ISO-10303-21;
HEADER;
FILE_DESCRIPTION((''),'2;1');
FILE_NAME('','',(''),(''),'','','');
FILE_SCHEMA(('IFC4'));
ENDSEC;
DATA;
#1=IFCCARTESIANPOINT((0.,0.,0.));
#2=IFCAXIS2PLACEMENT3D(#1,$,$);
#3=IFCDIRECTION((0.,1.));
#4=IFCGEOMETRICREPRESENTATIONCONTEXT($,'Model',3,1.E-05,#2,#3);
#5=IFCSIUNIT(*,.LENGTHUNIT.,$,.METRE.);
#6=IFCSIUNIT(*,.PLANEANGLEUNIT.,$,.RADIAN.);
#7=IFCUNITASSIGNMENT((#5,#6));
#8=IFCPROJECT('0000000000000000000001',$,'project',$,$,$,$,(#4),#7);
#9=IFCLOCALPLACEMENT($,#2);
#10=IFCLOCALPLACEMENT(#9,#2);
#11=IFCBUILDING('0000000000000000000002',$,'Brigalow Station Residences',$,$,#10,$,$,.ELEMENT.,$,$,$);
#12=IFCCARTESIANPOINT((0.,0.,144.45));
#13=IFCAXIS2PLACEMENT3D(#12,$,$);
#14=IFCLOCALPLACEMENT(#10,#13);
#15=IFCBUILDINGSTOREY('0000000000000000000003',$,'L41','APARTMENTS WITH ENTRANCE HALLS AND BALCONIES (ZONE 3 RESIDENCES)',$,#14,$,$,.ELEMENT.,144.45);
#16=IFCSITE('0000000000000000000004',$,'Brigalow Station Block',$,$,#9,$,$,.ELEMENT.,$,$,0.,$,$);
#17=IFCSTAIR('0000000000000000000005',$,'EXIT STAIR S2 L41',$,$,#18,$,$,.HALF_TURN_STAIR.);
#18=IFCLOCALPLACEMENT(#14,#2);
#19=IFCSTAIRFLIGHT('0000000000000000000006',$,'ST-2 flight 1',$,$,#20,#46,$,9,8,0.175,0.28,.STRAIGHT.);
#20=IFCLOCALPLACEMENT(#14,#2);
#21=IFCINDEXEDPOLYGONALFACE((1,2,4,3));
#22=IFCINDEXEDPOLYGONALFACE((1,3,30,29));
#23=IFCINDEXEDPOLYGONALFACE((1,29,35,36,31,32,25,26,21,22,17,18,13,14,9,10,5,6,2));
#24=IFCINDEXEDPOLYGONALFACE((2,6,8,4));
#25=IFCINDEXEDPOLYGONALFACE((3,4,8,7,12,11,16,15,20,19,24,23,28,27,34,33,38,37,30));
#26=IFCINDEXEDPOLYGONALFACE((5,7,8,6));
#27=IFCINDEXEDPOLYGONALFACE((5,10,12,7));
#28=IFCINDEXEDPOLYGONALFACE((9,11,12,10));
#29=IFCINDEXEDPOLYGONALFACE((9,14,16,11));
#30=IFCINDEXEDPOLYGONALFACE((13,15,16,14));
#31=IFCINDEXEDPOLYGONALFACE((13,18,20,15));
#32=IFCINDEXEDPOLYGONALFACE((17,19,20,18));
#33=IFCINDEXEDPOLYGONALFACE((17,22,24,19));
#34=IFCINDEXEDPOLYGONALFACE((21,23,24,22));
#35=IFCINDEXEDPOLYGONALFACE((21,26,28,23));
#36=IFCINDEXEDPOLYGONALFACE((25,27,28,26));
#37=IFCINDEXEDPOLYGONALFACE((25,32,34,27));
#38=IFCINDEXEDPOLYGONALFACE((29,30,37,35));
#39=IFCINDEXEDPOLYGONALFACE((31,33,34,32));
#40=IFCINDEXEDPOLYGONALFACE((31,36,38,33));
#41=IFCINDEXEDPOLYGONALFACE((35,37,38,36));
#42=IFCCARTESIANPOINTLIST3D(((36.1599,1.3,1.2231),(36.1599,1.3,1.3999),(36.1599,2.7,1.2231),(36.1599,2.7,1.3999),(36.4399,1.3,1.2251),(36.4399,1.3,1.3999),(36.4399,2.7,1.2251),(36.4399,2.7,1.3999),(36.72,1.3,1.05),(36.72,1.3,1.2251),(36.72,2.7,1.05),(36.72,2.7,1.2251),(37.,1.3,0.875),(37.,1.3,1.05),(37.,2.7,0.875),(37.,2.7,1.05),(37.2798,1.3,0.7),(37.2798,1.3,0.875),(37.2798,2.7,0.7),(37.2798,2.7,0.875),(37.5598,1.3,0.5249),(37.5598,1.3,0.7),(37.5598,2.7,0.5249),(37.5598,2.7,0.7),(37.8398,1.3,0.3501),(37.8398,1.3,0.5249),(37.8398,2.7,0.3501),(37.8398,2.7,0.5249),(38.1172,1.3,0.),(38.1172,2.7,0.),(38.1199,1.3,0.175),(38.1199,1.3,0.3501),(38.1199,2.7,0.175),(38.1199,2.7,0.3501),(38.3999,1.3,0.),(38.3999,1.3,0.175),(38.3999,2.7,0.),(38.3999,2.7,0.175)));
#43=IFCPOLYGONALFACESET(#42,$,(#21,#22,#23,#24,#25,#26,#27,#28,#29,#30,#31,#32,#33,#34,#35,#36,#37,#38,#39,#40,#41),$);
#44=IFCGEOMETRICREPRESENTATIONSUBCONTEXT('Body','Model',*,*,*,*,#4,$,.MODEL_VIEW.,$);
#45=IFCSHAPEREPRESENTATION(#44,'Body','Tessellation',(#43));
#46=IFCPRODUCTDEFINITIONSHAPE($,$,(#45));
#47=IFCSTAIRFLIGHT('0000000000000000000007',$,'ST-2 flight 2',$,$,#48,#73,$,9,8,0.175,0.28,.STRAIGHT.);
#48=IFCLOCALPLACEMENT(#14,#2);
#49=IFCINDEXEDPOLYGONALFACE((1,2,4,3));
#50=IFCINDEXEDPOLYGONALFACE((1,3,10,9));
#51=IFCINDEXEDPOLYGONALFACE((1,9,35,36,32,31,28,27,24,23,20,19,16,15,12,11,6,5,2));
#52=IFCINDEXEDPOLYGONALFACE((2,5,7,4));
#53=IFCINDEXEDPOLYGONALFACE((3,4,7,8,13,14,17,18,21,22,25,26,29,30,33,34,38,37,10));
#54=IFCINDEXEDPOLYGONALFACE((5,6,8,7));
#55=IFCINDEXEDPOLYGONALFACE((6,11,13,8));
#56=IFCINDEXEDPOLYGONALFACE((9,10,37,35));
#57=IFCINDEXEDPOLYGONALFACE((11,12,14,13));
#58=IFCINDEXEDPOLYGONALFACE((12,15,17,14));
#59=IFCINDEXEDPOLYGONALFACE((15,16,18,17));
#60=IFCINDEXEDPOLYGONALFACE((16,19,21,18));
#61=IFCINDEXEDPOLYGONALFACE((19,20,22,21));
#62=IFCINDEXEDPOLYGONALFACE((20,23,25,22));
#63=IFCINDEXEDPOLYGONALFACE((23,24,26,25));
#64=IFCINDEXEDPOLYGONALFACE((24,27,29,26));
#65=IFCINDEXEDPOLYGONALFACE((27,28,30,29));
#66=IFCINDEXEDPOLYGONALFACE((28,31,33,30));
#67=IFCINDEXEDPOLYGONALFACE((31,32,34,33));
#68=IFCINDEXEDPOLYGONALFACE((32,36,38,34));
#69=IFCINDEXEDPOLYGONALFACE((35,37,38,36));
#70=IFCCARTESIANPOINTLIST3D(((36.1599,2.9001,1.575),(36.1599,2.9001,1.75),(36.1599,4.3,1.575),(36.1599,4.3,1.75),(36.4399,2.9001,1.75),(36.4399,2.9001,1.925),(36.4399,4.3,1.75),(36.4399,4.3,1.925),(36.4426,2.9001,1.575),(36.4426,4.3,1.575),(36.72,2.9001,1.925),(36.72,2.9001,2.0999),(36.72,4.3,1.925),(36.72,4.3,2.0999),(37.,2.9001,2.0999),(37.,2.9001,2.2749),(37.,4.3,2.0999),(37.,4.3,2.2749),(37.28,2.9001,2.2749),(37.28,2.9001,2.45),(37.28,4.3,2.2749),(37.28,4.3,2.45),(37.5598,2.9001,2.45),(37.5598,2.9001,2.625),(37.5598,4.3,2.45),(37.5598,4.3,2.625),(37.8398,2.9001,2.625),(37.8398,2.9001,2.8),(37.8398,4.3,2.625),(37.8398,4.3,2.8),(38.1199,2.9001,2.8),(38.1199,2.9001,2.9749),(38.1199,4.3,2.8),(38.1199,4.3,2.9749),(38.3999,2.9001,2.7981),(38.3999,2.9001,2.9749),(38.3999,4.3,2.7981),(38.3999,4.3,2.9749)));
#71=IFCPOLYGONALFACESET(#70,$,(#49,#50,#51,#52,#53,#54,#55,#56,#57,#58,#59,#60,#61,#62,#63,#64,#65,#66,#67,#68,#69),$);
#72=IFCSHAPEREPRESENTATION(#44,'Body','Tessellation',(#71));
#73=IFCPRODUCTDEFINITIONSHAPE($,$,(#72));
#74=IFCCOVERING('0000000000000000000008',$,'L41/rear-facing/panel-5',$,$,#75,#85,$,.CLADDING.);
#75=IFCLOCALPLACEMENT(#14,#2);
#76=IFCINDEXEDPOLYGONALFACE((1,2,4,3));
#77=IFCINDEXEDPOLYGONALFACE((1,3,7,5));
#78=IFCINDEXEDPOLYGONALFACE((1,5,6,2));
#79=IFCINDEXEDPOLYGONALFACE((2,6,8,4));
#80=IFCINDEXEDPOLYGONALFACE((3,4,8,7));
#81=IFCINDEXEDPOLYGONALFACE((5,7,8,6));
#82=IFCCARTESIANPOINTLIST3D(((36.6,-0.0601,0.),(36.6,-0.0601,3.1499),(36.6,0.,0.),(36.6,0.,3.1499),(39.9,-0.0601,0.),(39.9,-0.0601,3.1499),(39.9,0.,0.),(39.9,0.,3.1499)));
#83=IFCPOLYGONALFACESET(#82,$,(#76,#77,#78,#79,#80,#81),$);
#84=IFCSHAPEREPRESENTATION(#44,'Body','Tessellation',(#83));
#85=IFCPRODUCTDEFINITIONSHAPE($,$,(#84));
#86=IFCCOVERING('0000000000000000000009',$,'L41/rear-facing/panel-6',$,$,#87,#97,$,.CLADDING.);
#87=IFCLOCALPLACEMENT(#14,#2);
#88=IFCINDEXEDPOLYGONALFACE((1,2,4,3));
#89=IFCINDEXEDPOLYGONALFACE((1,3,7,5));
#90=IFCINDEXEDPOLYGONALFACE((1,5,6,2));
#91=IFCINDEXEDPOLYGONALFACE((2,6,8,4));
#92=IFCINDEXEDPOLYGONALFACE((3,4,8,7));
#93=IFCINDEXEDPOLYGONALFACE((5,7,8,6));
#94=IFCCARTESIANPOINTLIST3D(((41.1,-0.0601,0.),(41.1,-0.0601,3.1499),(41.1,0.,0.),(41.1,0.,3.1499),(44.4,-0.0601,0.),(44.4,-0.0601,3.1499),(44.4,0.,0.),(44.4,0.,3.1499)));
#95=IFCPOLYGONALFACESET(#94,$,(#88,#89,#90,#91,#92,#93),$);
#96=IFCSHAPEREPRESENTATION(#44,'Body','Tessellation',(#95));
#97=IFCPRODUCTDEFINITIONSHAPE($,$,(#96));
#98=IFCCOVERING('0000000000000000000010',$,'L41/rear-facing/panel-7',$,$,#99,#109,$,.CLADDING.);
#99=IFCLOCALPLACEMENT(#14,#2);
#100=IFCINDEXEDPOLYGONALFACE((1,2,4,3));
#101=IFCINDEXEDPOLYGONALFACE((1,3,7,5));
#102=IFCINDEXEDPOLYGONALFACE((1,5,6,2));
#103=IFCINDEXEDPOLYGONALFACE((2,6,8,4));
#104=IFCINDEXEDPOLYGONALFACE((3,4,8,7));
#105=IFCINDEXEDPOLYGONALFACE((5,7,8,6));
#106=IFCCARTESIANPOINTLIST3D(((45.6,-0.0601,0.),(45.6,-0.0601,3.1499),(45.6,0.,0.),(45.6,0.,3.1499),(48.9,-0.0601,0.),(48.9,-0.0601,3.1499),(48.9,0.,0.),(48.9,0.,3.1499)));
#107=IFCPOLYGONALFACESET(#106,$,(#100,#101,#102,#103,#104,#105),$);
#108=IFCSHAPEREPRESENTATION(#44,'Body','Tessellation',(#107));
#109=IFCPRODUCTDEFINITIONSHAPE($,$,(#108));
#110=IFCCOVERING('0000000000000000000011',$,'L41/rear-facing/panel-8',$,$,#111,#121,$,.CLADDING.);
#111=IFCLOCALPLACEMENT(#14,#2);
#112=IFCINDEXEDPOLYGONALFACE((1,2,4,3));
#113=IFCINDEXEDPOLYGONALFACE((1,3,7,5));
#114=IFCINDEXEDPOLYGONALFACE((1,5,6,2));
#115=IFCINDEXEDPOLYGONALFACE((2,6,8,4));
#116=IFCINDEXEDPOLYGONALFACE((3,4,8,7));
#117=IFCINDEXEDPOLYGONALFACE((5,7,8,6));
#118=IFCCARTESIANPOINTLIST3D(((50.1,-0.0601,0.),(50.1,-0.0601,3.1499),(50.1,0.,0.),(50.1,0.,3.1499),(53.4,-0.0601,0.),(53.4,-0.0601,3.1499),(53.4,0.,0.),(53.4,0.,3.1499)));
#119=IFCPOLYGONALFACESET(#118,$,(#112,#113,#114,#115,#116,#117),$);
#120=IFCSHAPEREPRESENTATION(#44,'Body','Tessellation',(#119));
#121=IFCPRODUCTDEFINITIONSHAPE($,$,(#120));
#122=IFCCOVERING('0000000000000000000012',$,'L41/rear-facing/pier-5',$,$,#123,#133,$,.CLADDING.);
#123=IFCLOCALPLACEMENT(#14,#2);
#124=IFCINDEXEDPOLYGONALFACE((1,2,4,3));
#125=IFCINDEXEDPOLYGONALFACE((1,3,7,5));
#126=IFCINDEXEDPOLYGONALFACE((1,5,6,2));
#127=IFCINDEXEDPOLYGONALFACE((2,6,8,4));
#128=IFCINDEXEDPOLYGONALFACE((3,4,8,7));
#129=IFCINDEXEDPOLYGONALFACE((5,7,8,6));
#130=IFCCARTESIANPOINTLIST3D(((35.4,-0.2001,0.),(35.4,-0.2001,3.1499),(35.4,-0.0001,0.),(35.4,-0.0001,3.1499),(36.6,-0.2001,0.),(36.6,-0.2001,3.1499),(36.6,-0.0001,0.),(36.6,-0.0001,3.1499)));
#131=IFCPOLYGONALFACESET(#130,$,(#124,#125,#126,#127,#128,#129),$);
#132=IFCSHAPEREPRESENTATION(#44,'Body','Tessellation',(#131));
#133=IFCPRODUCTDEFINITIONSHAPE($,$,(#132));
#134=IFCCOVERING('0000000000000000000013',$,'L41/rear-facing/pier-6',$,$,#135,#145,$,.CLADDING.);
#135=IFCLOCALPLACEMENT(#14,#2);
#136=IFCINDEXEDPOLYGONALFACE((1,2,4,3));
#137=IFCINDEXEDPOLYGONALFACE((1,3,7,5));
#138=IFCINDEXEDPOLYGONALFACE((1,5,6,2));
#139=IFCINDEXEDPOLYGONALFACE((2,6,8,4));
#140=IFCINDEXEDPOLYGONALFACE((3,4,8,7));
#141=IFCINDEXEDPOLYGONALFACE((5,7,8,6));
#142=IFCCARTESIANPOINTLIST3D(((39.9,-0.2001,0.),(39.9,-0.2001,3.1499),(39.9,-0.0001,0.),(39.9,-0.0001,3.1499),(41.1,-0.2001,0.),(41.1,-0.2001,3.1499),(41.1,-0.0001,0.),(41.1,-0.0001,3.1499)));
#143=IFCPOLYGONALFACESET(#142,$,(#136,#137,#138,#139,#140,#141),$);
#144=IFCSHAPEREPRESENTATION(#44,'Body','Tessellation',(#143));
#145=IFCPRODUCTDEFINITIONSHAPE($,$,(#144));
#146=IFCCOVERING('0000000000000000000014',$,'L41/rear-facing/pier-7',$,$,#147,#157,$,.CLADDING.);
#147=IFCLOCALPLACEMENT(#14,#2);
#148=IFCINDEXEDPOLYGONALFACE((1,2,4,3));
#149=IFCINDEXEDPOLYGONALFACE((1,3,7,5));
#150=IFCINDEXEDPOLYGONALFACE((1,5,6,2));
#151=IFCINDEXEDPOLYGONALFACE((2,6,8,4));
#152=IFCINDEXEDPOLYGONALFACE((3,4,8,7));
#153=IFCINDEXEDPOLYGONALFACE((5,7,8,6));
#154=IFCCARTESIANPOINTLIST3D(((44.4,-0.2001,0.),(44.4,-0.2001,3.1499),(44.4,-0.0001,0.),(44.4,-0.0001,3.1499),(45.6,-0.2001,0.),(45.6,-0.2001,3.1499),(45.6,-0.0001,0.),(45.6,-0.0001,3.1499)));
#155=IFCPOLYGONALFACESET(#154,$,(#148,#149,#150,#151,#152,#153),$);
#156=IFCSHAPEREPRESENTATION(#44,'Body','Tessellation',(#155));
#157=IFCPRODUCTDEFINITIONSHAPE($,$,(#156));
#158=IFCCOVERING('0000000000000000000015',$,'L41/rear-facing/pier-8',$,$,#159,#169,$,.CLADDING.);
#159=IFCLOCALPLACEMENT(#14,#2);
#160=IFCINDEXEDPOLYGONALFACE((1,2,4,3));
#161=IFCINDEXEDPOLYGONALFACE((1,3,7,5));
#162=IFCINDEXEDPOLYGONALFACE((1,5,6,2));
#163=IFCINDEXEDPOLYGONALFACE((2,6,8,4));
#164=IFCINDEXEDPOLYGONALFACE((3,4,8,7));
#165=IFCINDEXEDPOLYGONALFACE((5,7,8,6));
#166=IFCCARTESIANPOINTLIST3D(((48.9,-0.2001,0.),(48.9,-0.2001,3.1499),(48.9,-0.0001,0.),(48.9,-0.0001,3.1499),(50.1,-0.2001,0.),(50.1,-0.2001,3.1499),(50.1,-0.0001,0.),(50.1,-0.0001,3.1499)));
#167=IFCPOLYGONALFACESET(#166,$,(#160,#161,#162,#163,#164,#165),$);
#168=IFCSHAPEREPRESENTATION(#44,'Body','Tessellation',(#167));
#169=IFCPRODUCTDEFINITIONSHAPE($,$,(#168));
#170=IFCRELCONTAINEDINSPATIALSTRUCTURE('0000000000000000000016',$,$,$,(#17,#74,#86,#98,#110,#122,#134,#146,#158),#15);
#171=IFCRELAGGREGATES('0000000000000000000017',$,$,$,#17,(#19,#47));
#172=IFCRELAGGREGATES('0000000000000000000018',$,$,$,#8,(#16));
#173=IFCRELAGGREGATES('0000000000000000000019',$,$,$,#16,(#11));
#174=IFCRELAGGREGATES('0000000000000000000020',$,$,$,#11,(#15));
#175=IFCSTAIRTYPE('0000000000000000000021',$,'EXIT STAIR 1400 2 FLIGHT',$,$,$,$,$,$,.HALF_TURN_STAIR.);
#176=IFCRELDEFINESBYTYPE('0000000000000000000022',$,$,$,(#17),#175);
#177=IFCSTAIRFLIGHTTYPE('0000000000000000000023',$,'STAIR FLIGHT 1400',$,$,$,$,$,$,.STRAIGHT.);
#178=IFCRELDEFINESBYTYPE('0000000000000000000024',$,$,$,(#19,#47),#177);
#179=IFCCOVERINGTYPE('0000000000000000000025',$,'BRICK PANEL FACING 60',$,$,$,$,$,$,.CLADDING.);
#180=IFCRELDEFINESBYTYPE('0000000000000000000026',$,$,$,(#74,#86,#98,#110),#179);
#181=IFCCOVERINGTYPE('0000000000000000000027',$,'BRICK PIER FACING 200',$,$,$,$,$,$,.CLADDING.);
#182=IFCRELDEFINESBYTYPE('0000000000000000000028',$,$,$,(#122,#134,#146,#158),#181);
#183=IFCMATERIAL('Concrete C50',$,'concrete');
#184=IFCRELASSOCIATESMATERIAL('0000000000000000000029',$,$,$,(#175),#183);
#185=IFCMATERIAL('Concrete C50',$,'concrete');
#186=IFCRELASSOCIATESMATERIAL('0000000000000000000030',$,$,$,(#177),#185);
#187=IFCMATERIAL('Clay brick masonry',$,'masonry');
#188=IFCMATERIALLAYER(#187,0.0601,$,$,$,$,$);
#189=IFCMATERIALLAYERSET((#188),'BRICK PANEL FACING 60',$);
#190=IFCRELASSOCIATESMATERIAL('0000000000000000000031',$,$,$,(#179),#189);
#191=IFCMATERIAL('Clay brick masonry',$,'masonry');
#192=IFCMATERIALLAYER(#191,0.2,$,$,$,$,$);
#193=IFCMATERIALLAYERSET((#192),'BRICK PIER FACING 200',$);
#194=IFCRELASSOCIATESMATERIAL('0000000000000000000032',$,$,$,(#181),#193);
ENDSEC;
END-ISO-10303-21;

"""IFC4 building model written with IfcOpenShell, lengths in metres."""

from ifc_helpers import new_model, si_unit, direction, frame, origin, origin_2d, place, context, subcontext, project, spatial, polyline, rectangle, outline, extrude, material, layer, layer_set, type_object, element, aggregate, save


model = new_model("IFC4")

# Units and contexts
model_context = context("Model", 3, precision=1e-05, world=origin(), true_north=direction((0.0, 1.0)))
body_context = subcontext(model_context, "Body", "Model", "MODEL_VIEW")
ifc_project = project(units=[si_unit("LENGTHUNIT", "METRE"), si_unit("PLANEANGLEUNIT", "RADIAN")], contexts=[model_context])

# Site, building, storey
site_placement = place(None, origin())
site = spatial("IfcSite", under=ifc_project, at=site_placement, Name="Brigalow Station Block", CompositionType="ELEMENT", RefElevation=0.0)
building_placement = place(site_placement, origin())
building = spatial("IfcBuilding", under=site, at=building_placement, Name="Brigalow Station Residences", CompositionType="ELEMENT")
storey_placement = place(building_placement, frame((0.0, 0.0, 144.45)))
storey = spatial("IfcBuildingStorey", under=building, at=storey_placement, Name="L41", Description="APARTMENTS WITH ENTRANCE HALLS AND BALCONIES (ZONE 3 RESIDENCES)", CompositionType="ELEMENT", Elevation=144.45)

# Stair, stair flights
ifc_material_1 = material(Name="Concrete C50", Category="concrete")
stair_type = type_object("IfcStairType", Name="EXIT STAIR 1400 2 FLIGHT", PredefinedType="HALF_TURN_STAIR", material=ifc_material_1)
stair_placement = place(storey_placement, origin())
stair = element("IfcStair", 1, at=stair_placement, inside=storey, type_object=stair_type, Name="EXIT STAIR S2 L41", PredefinedType="HALF_TURN_STAIR")
ifc_material_2 = material(Name="Concrete C50", Category="concrete")
stair_flight_type = type_object("IfcStairFlightType", Name="STAIR FLIGHT 1400", PredefinedType="STRAIGHT", material=ifc_material_2)
stair_flight_1_placement = place(storey_placement, frame((38.3999, 2.0, 0.0), z_axis=(0.0, 0.0, 1.0), x_axis=(-1.0, 0.0, 0.0)))
stair_flight_1 = element("IfcStairFlight", 2, at=stair_flight_1_placement, type_object=stair_flight_type, Name="ST-2 flight 1", NumberOfRisers=9, NumberOfTreads=8, PredefinedType="STRAIGHT", RiserHeight=0.175, TreadLength=0.28, context=body_context, shape_type="SweptSolid", body=[
    extrude(outline(polyline([(0.0, 0.0), (0.0, 0.175), (0.28, 0.175), (0.28, 0.3501), (0.5601, 0.3501), (0.5601, 0.5249), (0.8401, 0.5249), (0.8401, 0.7), (1.1201, 0.7), (1.1201, 0.875), (1.3999, 0.875), (1.3999, 1.05), (1.6799, 1.05), (1.6799, 1.2251), (1.96, 1.2251), (1.96, 1.3999), (2.24, 1.3999), (2.24, 1.575), (2.24, 1.2231), (0.2827, 0.0), (0.0, 0.0)])), frame((0.0, 0.7, 0.0), z_axis=(0.0, -1.0, 0.0), x_axis=(1.0, 0.0, 0.0)), (0.0, 0.0, 1.0), 1.3999),
])
stair_flight_2_placement = place(storey_placement, frame((36.1599, 3.6001, 1.575), z_axis=(0.0, 0.0, 1.0), x_axis=(1.0, 0.0, 0.0)))
stair_flight_2 = element("IfcStairFlight", 3, at=stair_flight_2_placement, type_object=stair_flight_type, Name="ST-2 flight 2", NumberOfRisers=9, NumberOfTreads=8, PredefinedType="STRAIGHT", RiserHeight=0.175, TreadLength=0.28, context=body_context, shape_type="SweptSolid", body=[
    extrude(outline(polyline([(0.0, 0.0), (0.0, 0.175), (0.28, 0.175), (0.28, 0.3501), (0.5601, 0.3501), (0.5601, 0.5249), (0.8401, 0.5249), (0.8401, 0.7), (1.1201, 0.7), (1.1201, 0.875), (1.3999, 0.875), (1.3999, 1.05), (1.6799, 1.05), (1.6799, 1.2251), (1.96, 1.2251), (1.96, 1.3999), (2.24, 1.3999), (2.24, 1.575), (2.24, 1.2231), (0.2827, 0.0), (0.0, 0.0)])), frame((0.0, 0.7, 0.0), z_axis=(0.0, -1.0, 0.0), x_axis=(1.0, 0.0, 0.0)), (0.0, 0.0, 1.0), 1.3999),
])
aggregate(stair, [stair_flight_1, stair_flight_2])

# Coverings
ifc_material_3 = material(Name="Clay brick masonry", Category="masonry")
ifc_layer_1 = layer(ifc_material_3, 0.0601)
ifc_layer_set_1 = layer_set([ifc_layer_1], Name="BRICK PANEL FACING 60")
covering_type_1 = type_object("IfcCoveringType", Name="BRICK PANEL FACING 60", PredefinedType="CLADDING", material=ifc_layer_set_1)
for number, where, z_axis, x_axis, name in (
    (4, (38.25, -0.03, 0.0), (0.0, 0.0, 1.0), (1.0, 0.0, 0.0), "L41/rear-facing/panel-5"),
    (5, (42.75, -0.03, 0.0), (0.0, 0.0, 1.0), (1.0, 0.0, 0.0), "L41/rear-facing/panel-6"),
    (6, (47.25, -0.03, 0.0), (0.0, 0.0, 1.0), (1.0, 0.0, 0.0), "L41/rear-facing/panel-7"),
    (7, (51.75, -0.03, 0.0), (0.0, 0.0, 1.0), (1.0, 0.0, 0.0), "L41/rear-facing/panel-8"),
):
    element("IfcCovering", number, at=place(storey_placement, frame(where, z_axis=z_axis, x_axis=x_axis)), inside=storey, type_object=covering_type_1, Name=name, PredefinedType="CLADDING", context=body_context, shape_type="SweptSolid", body=[
        extrude(rectangle(XDim=3.3, YDim=0.0601, at=origin_2d()), origin(), (0.0, 0.0, 1.0), 3.1499),
    ])
ifc_material_4 = material(Name="Clay brick masonry", Category="masonry")
ifc_layer_2 = layer(ifc_material_4, 0.2)
ifc_layer_set_2 = layer_set([ifc_layer_2], Name="BRICK PIER FACING 200")
covering_type_2 = type_object("IfcCoveringType", Name="BRICK PIER FACING 200", PredefinedType="CLADDING", material=ifc_layer_set_2)
for number, where, z_axis, x_axis, name in (
    (8, (36.0, -0.1001, 0.0), (0.0, 0.0, 1.0), (1.0, 0.0, 0.0), "L41/rear-facing/pier-5"),
    (9, (40.5, -0.1001, 0.0), (0.0, 0.0, 1.0), (1.0, 0.0, 0.0), "L41/rear-facing/pier-6"),
    (10, (45.0, -0.1001, 0.0), (0.0, 0.0, 1.0), (1.0, 0.0, 0.0), "L41/rear-facing/pier-7"),
    (11, (49.5, -0.1001, 0.0), (0.0, 0.0, 1.0), (1.0, 0.0, 0.0), "L41/rear-facing/pier-8"),
):
    element("IfcCovering", number, at=place(storey_placement, frame(where, z_axis=z_axis, x_axis=x_axis)), inside=storey, type_object=covering_type_2, Name=name, PredefinedType="CLADDING", context=body_context, shape_type="SweptSolid", body=[
        extrude(rectangle(XDim=1.2, YDim=0.2, at=origin_2d()), origin(), (0.0, 0.0, 1.0), 3.1499),
    ])

save(model, "model.ifc")
